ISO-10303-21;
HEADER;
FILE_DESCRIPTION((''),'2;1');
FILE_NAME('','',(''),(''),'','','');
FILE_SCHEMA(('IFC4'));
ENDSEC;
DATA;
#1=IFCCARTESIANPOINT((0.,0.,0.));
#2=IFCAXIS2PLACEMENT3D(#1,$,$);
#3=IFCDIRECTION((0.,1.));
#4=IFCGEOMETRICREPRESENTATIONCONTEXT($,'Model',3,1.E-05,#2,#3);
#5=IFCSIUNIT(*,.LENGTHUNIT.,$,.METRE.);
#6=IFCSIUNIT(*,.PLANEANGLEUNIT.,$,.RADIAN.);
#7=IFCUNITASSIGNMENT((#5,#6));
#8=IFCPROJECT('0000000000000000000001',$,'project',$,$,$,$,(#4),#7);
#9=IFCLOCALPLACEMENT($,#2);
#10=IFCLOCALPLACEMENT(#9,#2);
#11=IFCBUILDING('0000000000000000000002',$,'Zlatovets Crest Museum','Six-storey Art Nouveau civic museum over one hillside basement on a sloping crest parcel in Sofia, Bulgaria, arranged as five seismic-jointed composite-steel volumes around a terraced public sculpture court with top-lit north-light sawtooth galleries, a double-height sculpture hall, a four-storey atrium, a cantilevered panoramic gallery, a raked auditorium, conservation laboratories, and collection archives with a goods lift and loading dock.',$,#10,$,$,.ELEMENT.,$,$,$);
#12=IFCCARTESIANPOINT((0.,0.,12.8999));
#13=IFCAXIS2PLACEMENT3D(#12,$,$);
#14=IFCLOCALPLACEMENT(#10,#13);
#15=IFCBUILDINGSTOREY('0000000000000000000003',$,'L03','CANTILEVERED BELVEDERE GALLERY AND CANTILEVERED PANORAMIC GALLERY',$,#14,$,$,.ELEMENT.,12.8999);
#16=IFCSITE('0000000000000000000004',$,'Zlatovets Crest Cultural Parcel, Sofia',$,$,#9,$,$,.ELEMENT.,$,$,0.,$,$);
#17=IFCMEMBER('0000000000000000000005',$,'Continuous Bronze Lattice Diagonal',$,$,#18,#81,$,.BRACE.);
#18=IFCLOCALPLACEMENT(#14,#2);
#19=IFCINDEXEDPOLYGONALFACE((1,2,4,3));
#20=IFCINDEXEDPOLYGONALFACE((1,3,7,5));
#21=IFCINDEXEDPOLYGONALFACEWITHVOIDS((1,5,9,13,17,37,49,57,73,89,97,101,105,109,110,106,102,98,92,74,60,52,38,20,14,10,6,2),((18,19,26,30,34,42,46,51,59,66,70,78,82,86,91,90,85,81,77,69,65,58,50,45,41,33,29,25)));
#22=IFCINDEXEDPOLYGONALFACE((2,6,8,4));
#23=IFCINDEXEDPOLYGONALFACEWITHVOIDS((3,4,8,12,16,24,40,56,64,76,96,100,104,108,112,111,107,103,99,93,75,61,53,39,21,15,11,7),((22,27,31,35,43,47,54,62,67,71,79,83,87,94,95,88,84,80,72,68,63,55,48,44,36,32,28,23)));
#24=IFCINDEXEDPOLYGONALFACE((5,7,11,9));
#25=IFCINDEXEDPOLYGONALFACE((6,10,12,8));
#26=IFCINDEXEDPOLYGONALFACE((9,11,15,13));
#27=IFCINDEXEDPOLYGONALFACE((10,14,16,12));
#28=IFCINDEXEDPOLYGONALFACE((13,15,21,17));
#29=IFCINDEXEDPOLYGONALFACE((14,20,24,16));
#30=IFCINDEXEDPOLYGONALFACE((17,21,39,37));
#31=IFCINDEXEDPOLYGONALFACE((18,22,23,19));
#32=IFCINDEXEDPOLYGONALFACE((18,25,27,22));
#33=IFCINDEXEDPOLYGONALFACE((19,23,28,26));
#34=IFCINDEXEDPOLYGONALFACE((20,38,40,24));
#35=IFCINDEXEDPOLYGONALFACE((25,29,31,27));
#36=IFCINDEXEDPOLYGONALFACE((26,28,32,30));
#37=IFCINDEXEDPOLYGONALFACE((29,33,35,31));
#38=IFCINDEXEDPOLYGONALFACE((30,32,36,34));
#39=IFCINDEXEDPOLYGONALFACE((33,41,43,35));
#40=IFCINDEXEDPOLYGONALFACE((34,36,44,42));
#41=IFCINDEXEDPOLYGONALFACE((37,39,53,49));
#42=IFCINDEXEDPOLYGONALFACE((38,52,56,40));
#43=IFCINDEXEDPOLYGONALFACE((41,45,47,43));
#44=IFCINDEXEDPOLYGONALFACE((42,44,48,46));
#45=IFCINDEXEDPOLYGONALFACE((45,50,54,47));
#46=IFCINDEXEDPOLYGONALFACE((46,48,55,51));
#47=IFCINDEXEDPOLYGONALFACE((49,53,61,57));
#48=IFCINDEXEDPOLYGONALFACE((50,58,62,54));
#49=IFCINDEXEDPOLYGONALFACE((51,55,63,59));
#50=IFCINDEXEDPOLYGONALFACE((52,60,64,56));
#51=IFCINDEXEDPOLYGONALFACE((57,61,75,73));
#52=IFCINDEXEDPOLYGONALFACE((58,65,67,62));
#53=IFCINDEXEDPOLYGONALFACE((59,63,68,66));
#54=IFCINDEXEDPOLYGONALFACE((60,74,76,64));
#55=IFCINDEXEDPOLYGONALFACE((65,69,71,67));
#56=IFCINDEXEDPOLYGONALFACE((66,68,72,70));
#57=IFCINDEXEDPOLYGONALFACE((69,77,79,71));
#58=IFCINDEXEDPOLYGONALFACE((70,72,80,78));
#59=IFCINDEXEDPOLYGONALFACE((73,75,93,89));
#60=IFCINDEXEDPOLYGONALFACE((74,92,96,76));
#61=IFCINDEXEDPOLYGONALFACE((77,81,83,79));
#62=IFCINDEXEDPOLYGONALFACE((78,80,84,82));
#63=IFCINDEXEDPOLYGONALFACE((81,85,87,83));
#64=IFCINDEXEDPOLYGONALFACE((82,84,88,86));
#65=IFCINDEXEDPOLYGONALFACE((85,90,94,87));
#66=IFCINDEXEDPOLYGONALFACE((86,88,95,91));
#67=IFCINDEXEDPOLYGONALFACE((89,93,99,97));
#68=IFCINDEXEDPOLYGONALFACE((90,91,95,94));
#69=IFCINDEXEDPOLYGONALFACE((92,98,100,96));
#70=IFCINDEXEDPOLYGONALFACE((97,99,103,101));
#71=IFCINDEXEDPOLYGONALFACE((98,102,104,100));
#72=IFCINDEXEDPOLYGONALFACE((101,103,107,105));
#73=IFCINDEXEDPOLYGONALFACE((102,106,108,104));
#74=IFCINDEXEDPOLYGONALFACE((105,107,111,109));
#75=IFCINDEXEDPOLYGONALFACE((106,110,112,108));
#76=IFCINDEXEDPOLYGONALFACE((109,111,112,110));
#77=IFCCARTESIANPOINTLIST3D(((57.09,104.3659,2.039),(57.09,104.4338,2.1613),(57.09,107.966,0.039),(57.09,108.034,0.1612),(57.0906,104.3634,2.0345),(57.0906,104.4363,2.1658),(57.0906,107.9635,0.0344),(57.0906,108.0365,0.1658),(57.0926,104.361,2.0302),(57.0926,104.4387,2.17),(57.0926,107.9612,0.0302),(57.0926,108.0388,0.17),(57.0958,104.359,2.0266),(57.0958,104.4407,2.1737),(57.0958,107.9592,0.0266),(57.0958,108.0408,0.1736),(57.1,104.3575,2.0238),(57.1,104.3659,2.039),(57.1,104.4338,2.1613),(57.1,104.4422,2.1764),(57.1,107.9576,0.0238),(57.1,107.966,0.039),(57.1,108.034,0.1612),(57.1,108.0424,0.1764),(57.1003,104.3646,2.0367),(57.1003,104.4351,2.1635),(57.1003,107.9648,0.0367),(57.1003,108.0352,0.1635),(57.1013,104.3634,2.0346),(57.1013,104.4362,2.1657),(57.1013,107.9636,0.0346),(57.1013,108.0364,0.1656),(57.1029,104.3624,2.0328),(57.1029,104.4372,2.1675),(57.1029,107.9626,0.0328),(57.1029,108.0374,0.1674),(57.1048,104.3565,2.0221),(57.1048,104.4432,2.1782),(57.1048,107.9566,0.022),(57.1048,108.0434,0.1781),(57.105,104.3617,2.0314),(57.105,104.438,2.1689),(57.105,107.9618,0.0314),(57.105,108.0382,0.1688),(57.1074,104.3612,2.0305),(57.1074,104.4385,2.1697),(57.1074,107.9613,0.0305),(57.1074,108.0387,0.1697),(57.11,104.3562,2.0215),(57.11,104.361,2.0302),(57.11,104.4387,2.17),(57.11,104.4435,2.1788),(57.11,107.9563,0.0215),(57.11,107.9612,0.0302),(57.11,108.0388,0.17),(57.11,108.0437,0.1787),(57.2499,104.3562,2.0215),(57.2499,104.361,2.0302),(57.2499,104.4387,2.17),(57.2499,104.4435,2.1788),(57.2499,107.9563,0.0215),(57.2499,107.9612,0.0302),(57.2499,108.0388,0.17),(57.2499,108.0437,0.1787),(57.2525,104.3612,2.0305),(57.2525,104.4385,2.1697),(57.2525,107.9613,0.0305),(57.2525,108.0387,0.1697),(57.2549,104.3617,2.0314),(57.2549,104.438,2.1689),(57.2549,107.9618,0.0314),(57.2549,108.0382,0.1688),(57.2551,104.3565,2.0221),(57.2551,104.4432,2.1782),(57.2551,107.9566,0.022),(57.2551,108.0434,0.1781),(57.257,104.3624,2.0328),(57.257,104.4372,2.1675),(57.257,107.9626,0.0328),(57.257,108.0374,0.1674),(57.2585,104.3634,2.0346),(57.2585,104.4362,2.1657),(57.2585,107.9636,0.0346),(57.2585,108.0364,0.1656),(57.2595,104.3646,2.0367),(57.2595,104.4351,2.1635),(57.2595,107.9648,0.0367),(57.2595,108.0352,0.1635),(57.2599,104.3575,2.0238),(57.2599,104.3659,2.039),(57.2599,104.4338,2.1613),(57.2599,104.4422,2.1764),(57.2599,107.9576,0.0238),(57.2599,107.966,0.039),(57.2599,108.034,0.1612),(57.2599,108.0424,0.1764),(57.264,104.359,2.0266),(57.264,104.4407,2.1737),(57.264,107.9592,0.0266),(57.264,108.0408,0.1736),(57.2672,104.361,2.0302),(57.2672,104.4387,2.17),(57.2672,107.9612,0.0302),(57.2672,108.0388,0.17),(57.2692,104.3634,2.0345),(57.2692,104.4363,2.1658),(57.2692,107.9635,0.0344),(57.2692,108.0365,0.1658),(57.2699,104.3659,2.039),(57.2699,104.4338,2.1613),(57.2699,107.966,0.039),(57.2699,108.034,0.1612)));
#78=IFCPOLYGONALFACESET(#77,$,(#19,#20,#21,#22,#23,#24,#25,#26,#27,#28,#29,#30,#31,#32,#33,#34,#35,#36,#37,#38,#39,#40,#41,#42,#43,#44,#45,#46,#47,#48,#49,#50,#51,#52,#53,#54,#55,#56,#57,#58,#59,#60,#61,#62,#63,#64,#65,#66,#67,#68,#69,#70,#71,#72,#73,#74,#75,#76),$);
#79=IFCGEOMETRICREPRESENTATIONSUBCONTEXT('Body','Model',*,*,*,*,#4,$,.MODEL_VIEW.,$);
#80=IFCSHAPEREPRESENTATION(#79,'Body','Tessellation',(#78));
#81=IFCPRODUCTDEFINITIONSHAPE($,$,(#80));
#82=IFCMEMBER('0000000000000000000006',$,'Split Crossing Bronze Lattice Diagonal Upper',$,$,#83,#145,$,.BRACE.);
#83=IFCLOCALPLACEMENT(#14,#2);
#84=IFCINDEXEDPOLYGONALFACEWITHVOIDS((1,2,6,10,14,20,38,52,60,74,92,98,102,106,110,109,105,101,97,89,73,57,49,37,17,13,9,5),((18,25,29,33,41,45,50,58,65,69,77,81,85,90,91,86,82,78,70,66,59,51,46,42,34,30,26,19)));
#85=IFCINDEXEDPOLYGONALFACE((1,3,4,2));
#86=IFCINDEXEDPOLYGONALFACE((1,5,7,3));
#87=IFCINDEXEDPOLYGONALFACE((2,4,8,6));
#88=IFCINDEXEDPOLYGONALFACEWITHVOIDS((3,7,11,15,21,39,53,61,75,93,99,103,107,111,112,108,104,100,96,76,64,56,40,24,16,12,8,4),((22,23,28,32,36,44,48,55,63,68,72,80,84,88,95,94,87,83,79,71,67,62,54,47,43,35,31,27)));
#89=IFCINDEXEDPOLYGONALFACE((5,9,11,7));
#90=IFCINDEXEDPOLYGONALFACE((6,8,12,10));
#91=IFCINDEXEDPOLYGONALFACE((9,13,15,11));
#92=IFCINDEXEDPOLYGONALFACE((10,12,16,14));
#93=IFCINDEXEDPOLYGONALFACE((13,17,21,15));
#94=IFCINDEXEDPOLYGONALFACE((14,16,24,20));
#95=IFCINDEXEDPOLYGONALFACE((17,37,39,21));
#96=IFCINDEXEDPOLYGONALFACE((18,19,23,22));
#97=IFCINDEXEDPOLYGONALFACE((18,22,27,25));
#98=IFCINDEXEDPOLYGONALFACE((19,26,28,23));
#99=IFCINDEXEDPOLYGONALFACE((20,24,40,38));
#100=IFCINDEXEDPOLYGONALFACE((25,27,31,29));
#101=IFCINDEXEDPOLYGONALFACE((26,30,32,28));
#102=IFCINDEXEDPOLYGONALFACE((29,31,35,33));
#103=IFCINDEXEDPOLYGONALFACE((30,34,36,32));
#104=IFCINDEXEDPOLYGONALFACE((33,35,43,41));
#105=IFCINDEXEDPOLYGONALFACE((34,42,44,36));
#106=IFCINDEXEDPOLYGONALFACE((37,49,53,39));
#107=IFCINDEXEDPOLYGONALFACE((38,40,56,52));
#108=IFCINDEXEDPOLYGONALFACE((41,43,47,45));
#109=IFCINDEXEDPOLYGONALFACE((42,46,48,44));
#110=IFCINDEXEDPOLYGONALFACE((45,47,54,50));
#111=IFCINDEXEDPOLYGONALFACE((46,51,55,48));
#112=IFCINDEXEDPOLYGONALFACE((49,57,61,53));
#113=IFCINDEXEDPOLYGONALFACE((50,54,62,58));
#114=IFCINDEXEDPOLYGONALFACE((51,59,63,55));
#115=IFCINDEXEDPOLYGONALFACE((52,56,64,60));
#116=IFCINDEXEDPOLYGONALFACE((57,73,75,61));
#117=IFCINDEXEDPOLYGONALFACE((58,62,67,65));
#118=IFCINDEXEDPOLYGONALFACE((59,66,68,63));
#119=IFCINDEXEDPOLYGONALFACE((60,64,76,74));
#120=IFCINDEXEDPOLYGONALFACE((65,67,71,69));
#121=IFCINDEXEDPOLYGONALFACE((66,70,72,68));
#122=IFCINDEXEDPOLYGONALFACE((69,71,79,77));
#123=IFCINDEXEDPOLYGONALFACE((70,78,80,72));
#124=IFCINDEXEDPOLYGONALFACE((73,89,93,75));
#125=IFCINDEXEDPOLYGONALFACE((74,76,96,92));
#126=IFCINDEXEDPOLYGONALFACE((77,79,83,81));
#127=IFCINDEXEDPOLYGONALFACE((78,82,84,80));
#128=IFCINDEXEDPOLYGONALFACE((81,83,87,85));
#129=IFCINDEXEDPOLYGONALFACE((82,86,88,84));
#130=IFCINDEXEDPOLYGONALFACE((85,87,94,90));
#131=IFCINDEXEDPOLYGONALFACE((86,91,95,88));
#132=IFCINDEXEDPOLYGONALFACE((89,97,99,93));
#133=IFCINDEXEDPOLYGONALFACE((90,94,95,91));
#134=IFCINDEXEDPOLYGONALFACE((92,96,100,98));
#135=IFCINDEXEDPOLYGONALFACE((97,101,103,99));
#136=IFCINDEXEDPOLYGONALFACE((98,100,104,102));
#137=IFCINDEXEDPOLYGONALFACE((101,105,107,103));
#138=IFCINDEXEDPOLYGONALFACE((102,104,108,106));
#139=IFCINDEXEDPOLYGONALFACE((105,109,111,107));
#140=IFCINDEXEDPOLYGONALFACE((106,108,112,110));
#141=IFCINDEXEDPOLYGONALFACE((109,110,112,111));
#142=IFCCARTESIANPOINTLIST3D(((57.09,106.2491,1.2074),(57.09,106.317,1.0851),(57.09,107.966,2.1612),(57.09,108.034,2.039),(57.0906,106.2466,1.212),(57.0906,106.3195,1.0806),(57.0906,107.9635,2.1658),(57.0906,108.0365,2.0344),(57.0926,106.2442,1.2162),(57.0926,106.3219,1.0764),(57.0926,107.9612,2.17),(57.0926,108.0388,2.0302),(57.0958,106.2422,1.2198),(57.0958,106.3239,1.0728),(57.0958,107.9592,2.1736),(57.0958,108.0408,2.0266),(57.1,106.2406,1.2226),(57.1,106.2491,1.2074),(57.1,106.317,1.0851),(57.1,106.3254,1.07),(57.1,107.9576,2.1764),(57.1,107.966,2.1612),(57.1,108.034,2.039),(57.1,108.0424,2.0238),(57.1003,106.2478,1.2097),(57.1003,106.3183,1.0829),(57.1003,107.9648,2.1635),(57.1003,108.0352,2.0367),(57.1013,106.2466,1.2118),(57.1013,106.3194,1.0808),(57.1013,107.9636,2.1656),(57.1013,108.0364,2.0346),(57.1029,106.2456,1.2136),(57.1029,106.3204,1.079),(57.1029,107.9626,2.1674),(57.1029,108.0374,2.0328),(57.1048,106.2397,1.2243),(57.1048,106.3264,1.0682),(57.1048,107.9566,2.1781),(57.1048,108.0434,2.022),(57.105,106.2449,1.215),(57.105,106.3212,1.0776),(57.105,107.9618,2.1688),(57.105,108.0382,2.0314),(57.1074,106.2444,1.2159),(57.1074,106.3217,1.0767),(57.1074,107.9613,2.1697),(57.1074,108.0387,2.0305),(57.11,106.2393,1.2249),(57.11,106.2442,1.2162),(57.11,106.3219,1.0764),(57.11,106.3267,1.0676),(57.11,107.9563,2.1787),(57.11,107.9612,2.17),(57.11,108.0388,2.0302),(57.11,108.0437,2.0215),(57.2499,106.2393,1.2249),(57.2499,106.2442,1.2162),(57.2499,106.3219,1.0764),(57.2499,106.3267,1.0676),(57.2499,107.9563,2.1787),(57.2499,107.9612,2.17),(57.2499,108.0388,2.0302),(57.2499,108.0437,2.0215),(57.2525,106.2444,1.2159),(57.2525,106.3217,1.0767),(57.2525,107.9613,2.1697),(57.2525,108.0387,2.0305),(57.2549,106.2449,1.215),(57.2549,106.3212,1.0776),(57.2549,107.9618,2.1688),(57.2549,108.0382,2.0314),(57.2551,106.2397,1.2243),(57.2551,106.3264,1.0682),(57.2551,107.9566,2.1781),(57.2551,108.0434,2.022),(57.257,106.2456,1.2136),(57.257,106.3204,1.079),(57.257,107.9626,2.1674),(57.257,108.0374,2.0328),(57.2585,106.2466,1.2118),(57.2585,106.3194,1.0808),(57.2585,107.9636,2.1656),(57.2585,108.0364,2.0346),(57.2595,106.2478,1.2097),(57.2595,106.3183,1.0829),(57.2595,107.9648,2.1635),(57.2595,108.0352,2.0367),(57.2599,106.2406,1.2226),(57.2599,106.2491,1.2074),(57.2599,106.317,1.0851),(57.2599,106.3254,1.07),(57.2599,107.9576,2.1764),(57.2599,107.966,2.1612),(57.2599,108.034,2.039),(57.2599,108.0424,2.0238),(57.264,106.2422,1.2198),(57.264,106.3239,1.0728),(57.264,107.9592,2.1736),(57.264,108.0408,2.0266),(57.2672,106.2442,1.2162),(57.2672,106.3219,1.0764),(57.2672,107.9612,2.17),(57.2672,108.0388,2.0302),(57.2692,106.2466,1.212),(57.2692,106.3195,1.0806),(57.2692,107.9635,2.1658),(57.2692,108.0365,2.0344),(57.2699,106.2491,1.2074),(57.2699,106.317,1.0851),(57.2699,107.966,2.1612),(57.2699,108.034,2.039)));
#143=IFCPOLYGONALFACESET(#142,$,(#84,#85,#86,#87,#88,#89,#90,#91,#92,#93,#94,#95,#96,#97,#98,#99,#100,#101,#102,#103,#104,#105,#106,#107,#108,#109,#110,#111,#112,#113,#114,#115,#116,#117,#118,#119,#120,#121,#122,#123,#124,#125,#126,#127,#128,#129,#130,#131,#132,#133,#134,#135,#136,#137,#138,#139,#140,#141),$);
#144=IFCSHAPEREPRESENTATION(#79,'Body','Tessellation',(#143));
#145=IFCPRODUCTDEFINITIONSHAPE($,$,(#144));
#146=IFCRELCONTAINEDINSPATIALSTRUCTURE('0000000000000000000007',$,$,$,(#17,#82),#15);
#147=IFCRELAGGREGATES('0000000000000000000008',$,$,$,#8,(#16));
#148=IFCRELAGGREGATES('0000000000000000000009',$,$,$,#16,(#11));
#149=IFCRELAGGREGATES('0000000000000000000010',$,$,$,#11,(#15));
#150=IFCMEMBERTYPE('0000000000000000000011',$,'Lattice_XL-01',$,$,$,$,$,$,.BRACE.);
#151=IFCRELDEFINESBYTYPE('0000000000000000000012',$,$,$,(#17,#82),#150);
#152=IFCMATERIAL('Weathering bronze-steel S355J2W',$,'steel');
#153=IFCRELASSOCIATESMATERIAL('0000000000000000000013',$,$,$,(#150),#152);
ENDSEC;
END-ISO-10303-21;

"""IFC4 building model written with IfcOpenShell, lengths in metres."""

from ifc_helpers import new_model, si_unit, direction, frame, origin, origin_2d, place, context, subcontext, project, spatial, hollow_rectangle, extrude, material, material_profile, profile_set, type_object, element, save


model = new_model("IFC4")

# Units and contexts
model_context = context("Model", 3, precision=1e-05, world=origin(), true_north=direction((0.0, 1.0)))
body_context = subcontext(model_context, "Body", "Model", "MODEL_VIEW")
ifc_project = project(units=[si_unit("LENGTHUNIT", "METRE"), si_unit("PLANEANGLEUNIT", "RADIAN")], contexts=[model_context])

# Site, building, storey
site_placement = place(None, origin())
site = spatial("IfcSite", under=ifc_project, at=site_placement, Name="Zlatovets Crest Cultural Parcel, Sofia", CompositionType="ELEMENT", RefElevation=0.0)
building_placement = place(site_placement, origin())
building = spatial("IfcBuilding", under=site, at=building_placement, Name="Zlatovets Crest Museum", Description="Six-storey Art Nouveau civic museum over one hillside basement on a sloping crest parcel in Sofia, Bulgaria, arranged as five seismic-jointed composite-steel volumes around a terraced public sculpture court with top-lit north-light sawtooth galleries, a double-height sculpture hall, a four-storey atrium, a cantilevered panoramic gallery, a raked auditorium, conservation laboratories, and collection archives with a goods lift and loading dock.", CompositionType="ELEMENT")
storey_placement = place(building_placement, frame((0.0, 0.0, 12.8999)))
storey = spatial("IfcBuildingStorey", under=building, at=storey_placement, Name="L03", Description="CANTILEVERED BELVEDERE GALLERY AND CANTILEVERED PANORAMIC GALLERY", CompositionType="ELEMENT", Elevation=12.8999)

# Members
ifc_material_1 = material(Name="Weathering bronze-steel S355J2W", Category="steel")
ifc_material_profile_1 = material_profile(ifc_material_1, hollow_rectangle(XDim=0.1799, YDim=0.1799, WallThickness=0.01, InnerFilletRadius=0.01, OuterFilletRadius=0.02, at=origin_2d()), Name="SHS 180x180x10.0")
ifc_profile_set_1 = profile_set([ifc_material_profile_1], Name="Weathering bronze-steel S355J2W")
member_type_1 = type_object("IfcMemberType", Name="Lattice_XL-01", PredefinedType="BRACE", material=ifc_profile_set_1)
member_1_placement = place(storey_placement, frame((57.1799, 108.0, 0.1001), z_axis=(0.0, -0.874163, 0.485633), x_axis=(1.0, 0.0, 0.0)))
element("IfcMember", 1, at=member_1_placement, inside=storey, type_object=member_type_1, Name="Continuous Bronze Lattice Diagonal", PredefinedType="BRACE", context=body_context, shape_type="SweptSolid", body=[
    extrude(hollow_rectangle(XDim=0.1799, YDim=0.1799, WallThickness=0.01, InnerFilletRadius=0.01, OuterFilletRadius=0.02, at=origin_2d()), origin(), (0.0, 0.0, 1.0), 4.1184),
])
for number, where, z_axis, x_axis, name in (
    (2, (57.1799, 108.0, 2.1001), (0.0, -0.874169, -0.485622), (1.0, 0.0, 0.0), "Split Crossing Bronze Lattice Diagonal Upper"),
):
    element("IfcMember", number, at=place(storey_placement, frame(where, z_axis=z_axis, x_axis=x_axis)), inside=storey, type_object=member_type_1, Name=name, PredefinedType="BRACE", context=body_context, shape_type="SweptSolid", body=[
        extrude(hollow_rectangle(XDim=0.1799, YDim=0.1799, WallThickness=0.01, InnerFilletRadius=0.01, OuterFilletRadius=0.02, at=origin_2d()), origin(), (0.0, 0.0, 1.0), 1.9641),
    ])

save(model, "model.ifc")
